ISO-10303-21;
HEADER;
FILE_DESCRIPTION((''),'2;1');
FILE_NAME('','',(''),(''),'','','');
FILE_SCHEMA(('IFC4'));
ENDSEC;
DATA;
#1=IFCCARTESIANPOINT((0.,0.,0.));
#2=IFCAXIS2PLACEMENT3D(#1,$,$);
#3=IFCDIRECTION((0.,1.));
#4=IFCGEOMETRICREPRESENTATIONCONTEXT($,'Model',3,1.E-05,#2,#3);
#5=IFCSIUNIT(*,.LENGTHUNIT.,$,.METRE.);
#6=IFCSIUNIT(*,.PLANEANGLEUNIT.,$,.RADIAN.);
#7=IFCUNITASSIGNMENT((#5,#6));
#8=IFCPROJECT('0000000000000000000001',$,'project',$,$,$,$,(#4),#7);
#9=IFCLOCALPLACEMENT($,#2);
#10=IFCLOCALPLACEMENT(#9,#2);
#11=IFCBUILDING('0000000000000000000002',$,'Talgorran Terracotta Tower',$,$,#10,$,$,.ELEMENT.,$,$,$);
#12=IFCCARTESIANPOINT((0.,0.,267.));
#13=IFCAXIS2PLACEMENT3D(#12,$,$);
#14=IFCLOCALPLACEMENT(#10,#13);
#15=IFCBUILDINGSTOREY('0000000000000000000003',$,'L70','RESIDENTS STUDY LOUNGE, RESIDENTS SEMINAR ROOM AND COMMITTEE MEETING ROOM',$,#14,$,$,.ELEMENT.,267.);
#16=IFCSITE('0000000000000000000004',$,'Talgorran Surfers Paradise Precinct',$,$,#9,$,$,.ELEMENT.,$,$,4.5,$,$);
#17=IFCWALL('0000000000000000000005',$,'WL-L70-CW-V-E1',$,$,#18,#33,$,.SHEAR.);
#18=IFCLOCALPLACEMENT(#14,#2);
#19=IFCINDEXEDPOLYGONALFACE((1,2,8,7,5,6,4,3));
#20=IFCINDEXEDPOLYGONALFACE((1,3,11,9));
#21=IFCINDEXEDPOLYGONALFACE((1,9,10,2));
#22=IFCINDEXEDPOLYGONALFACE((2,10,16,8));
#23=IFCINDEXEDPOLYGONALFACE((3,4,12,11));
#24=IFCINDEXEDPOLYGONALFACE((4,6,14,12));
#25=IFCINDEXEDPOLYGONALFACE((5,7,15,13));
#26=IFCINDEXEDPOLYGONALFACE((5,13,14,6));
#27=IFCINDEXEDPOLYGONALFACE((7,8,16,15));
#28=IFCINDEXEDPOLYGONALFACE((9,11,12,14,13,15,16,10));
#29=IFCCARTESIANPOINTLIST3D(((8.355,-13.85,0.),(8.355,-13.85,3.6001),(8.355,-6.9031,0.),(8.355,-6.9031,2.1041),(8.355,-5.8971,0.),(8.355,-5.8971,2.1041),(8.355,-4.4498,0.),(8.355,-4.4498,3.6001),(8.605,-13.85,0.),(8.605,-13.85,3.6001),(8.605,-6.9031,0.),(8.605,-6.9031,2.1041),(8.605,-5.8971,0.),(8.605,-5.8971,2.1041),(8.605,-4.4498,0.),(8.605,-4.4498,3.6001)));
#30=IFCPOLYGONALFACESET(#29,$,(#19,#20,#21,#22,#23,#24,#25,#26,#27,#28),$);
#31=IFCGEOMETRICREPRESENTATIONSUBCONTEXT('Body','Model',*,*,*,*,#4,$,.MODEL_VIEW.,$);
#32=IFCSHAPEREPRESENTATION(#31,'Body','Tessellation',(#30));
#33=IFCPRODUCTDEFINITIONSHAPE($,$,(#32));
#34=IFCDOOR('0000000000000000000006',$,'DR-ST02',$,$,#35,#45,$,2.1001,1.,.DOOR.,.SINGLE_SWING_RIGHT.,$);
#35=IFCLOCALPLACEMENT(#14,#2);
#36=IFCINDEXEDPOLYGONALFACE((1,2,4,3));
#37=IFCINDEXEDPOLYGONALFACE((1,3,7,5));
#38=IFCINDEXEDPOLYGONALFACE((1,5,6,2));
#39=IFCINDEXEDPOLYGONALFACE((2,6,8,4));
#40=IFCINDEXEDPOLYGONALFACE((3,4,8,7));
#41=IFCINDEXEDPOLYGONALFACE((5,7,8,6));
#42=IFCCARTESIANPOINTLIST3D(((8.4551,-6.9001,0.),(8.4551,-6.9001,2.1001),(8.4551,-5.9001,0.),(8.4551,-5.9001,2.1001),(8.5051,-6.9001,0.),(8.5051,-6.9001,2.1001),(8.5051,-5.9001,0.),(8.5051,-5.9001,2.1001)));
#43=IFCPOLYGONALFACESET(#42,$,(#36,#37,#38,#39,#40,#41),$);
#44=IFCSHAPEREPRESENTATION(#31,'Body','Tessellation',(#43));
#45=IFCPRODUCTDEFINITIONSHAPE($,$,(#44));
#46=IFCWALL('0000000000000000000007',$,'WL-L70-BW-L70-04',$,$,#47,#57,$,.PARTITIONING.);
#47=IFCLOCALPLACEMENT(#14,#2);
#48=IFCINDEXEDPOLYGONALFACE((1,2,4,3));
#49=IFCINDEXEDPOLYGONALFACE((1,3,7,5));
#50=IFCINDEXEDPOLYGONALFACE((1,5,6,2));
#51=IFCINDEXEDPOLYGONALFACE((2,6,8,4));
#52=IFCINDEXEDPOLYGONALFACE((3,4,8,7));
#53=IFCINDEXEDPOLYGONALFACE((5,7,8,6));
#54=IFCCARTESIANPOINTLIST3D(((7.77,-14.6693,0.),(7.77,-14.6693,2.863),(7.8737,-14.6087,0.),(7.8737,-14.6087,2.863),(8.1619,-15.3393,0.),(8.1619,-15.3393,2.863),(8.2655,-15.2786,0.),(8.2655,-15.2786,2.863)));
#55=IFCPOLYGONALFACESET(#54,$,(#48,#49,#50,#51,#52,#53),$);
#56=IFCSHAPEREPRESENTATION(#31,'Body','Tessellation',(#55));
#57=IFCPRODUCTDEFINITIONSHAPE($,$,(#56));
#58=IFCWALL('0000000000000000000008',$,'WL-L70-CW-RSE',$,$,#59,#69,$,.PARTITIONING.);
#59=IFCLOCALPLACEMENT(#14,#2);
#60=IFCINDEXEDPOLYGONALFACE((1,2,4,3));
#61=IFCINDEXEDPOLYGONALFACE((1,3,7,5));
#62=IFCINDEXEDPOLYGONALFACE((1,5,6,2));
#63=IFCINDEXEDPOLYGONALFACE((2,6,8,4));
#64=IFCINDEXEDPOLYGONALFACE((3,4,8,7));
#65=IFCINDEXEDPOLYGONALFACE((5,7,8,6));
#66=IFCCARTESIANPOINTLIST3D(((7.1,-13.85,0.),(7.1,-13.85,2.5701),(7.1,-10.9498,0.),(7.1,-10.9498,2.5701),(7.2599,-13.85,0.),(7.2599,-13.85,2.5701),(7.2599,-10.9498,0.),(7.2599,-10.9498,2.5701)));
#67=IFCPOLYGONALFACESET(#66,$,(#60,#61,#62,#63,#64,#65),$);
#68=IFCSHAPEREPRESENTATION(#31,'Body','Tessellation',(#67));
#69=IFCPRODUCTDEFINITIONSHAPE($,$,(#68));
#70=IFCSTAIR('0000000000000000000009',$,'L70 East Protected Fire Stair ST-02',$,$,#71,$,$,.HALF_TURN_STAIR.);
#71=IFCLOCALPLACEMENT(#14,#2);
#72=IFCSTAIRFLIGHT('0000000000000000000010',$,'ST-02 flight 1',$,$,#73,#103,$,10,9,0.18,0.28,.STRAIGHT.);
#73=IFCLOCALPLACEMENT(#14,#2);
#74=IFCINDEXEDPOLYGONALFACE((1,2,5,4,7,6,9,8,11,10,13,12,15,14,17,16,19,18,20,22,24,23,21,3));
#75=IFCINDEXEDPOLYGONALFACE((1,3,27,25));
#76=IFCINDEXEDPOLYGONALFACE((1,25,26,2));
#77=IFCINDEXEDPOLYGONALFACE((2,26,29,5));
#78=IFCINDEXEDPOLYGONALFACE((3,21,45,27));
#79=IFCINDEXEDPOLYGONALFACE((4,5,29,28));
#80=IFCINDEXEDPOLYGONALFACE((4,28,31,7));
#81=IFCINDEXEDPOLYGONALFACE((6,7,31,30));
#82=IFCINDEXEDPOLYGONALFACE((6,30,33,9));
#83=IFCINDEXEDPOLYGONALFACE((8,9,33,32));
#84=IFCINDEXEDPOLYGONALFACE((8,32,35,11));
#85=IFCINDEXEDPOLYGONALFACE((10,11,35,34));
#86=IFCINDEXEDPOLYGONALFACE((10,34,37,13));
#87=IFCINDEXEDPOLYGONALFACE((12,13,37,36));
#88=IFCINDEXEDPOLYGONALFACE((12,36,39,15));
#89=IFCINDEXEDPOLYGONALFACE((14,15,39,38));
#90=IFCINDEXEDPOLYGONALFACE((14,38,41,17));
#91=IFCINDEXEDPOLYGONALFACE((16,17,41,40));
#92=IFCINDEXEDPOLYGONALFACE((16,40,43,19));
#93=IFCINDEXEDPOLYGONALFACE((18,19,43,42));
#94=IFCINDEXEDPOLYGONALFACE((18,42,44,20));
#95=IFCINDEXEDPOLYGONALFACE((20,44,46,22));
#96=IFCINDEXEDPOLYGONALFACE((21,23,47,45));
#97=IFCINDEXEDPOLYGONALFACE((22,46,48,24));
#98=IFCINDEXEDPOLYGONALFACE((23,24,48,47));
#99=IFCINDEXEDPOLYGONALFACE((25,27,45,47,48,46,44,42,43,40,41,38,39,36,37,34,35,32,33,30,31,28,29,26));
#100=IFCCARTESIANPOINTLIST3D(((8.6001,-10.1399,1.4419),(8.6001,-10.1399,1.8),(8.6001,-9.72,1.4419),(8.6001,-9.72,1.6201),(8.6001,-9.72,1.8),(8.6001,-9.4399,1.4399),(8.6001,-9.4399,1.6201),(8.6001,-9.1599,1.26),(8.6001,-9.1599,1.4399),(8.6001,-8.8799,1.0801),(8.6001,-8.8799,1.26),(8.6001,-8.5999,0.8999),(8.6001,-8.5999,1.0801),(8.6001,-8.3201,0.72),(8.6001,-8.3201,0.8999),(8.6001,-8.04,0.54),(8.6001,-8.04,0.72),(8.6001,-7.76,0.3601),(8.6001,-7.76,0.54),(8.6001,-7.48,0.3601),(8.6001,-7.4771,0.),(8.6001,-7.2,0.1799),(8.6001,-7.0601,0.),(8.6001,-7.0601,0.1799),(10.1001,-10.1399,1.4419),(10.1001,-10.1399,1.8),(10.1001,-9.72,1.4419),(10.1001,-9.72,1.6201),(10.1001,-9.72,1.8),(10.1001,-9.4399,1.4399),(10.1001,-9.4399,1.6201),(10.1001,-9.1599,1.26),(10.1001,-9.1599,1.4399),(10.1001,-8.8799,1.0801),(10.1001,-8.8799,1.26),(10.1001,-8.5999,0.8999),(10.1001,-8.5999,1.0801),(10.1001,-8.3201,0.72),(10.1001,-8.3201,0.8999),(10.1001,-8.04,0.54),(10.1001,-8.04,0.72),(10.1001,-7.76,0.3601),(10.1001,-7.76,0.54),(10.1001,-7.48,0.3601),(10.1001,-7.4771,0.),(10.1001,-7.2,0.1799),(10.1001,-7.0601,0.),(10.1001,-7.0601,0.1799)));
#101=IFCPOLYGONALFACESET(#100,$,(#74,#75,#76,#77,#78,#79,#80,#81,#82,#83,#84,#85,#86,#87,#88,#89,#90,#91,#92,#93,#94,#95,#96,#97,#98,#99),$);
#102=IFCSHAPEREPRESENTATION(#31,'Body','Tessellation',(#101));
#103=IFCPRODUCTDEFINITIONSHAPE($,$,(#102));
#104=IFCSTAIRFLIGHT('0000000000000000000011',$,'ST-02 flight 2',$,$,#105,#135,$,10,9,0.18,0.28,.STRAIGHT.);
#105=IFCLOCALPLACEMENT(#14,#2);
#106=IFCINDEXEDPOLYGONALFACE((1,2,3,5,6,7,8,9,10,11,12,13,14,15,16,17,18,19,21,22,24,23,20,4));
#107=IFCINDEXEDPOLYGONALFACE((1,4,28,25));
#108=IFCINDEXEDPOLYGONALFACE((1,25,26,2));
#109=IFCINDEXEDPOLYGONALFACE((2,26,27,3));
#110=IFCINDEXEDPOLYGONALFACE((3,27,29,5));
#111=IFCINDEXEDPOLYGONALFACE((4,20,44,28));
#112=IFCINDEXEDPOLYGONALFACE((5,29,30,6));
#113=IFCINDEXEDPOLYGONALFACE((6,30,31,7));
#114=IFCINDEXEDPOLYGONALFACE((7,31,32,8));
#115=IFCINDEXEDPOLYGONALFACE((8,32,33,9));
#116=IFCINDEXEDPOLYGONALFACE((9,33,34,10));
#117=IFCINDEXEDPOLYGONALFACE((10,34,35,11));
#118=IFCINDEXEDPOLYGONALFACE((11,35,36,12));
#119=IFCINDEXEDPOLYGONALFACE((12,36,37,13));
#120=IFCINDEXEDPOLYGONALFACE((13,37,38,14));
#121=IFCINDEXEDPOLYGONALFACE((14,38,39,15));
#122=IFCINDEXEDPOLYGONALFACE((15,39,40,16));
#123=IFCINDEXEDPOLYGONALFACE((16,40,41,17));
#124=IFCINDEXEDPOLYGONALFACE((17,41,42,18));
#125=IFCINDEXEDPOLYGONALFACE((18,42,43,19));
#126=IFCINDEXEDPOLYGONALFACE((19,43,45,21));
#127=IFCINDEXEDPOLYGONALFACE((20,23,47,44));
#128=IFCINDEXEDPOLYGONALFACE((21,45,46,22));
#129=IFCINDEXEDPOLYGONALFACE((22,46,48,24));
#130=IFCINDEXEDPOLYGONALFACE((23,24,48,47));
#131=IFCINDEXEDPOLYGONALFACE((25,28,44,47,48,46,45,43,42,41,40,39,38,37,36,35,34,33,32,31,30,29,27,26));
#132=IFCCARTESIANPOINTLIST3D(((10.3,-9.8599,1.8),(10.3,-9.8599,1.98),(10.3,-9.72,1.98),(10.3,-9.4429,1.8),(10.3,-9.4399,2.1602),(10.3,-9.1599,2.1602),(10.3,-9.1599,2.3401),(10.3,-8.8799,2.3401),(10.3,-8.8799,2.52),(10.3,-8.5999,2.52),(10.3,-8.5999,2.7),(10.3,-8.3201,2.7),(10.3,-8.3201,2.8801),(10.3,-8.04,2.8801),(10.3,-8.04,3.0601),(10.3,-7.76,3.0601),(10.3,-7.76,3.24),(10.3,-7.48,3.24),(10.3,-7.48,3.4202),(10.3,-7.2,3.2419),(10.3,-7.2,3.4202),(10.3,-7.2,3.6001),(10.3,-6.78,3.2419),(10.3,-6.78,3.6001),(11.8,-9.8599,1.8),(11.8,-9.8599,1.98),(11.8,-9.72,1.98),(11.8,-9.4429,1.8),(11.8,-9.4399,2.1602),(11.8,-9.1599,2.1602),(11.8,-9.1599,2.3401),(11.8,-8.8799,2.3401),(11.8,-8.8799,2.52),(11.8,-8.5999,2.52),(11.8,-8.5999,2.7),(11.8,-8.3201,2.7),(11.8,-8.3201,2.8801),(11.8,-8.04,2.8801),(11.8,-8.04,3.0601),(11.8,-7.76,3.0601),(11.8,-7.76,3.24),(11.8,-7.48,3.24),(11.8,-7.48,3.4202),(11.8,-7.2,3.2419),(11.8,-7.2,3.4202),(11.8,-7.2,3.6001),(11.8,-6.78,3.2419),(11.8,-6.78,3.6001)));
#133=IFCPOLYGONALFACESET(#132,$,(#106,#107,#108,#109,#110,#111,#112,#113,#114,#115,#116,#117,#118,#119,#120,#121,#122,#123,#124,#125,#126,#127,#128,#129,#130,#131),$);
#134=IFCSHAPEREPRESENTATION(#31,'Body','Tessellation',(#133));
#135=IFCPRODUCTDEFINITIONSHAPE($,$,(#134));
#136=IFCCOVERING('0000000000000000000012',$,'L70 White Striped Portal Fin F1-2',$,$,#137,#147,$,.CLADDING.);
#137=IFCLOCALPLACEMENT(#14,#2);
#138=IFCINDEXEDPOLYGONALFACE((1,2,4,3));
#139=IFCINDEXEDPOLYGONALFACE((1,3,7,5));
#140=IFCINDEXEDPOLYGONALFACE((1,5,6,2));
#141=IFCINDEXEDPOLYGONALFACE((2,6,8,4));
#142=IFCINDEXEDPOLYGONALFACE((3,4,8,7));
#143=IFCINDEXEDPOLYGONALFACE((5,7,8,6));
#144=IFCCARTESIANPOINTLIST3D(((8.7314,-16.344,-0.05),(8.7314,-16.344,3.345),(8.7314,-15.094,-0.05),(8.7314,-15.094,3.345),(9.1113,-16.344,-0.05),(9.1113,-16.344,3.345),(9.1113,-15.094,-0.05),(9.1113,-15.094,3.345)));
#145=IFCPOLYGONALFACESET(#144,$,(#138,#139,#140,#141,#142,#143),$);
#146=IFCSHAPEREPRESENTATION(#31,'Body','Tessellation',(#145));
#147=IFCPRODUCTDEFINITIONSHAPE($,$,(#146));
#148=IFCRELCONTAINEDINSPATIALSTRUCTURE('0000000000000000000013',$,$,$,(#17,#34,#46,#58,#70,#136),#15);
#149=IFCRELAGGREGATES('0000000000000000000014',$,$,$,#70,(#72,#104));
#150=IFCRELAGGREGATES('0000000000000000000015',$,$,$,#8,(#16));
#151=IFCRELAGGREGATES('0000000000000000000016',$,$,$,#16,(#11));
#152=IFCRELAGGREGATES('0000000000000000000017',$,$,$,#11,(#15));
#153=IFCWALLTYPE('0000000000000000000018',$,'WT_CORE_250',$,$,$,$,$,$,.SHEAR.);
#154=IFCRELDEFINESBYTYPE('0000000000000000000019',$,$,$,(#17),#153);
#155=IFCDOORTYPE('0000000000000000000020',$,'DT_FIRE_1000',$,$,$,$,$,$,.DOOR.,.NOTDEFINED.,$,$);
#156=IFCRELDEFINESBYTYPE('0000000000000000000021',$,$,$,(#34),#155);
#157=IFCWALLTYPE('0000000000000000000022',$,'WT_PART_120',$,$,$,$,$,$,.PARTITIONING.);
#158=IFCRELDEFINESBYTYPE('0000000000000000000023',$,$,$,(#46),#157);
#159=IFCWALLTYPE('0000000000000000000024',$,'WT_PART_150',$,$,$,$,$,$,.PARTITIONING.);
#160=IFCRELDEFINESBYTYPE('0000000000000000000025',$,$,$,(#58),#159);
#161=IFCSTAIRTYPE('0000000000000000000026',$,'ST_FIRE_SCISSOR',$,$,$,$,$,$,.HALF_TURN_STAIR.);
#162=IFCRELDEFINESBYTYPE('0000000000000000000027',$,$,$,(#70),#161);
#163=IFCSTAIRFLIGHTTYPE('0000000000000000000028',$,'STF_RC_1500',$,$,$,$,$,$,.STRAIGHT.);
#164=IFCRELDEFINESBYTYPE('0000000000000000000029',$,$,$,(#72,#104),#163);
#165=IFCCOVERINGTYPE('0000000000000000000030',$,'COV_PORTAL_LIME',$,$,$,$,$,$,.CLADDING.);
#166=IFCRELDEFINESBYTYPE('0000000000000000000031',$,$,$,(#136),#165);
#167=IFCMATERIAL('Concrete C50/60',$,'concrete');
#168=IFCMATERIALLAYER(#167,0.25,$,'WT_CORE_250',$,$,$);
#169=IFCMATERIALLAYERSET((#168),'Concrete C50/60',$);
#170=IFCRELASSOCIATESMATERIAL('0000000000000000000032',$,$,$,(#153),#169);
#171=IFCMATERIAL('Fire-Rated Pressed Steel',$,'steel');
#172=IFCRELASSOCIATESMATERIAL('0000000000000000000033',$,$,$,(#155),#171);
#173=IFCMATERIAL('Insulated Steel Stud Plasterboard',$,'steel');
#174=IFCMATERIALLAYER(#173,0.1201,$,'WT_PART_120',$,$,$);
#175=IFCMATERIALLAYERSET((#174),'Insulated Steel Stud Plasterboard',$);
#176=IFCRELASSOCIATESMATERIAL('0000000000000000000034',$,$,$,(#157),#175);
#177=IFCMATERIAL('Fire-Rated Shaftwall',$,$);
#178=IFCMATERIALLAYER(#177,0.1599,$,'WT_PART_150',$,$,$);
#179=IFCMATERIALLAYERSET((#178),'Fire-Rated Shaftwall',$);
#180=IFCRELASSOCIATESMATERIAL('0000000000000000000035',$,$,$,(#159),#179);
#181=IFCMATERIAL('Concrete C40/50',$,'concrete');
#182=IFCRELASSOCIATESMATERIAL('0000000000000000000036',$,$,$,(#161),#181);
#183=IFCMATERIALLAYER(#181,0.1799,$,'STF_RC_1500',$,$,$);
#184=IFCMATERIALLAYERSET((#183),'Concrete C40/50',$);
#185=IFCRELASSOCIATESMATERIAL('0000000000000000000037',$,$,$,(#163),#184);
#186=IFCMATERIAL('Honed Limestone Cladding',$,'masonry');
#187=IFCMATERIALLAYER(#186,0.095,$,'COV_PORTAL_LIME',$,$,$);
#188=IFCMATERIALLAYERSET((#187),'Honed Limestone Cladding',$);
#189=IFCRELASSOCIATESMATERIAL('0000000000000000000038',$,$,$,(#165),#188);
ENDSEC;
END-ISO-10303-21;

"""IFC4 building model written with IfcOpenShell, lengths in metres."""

from ifc_helpers import new_model, si_unit, direction, frame, frame_2d, origin, origin_2d, place, context, subcontext, project, spatial, polyline, rectangle, outline, extrude, material, layer, layer_set, type_object, element, fill, aggregate, save


model = new_model("IFC4")

# Units and contexts
model_context = context("Model", 3, precision=1e-05, world=origin(), true_north=direction((0.0, 1.0)))
body_context = subcontext(model_context, "Body", "Model", "MODEL_VIEW")
ifc_project = project(units=[si_unit("LENGTHUNIT", "METRE"), si_unit("PLANEANGLEUNIT", "RADIAN")], contexts=[model_context])

# Site, building, storey
site_placement = place(None, origin())
site = spatial("IfcSite", under=ifc_project, at=site_placement, Name="Talgorran Surfers Paradise Precinct", CompositionType="ELEMENT", RefElevation=4.5)
building_placement = place(site_placement, origin())
building = spatial("IfcBuilding", under=site, at=building_placement, Name="Talgorran Terracotta Tower", CompositionType="ELEMENT")
storey_placement = place(building_placement, frame((0.0, 0.0, 267.0)))
storey = spatial("IfcBuildingStorey", under=building, at=storey_placement, Name="L70", Description="RESIDENTS STUDY LOUNGE, RESIDENTS SEMINAR ROOM AND COMMITTEE MEETING ROOM", CompositionType="ELEMENT", Elevation=267.0)

# Shared definitions
ifc_material_1 = material(Name="Concrete C50/60", Category="concrete")

# Wall, opening, door
ifc_layer_1 = layer(ifc_material_1, 0.25, Name="WT_CORE_250")
ifc_layer_set_1 = layer_set([ifc_layer_1], Name="Concrete C50/60")
wall_type_1 = type_object("IfcWallType", Name="WT_CORE_250", PredefinedType="SHEAR", material=ifc_layer_set_1)
wall_1_placement = place(storey_placement, frame((8.48, -13.8501, 0.0), z_axis=(0.0, 0.0, 1.0), x_axis=(0.0, 1.0, 0.0)))
wall_1 = element("IfcWall", 1, at=wall_1_placement, inside=storey, type_object=wall_type_1, Name="WL-L70-CW-V-E1", PredefinedType="SHEAR", context=body_context, shape_type="SweptSolid", body=[
    extrude(rectangle(XDim=9.4001, YDim=0.25, at=frame_2d((4.7002, 0.0))), origin(), (0.0, 0.0, 1.0), 3.6001),
])
opening_placement = place(wall_1_placement, frame((6.95, 0.0, 0.0)))
opening = element("IfcOpeningElement", 2, at=opening_placement, cuts=wall_1, PredefinedType="OPENING", context=body_context, shape_type="SweptSolid", body=[
    extrude(rectangle(XDim=1.006, YDim=2.1041, at=frame_2d((0.5, 1.052))), frame((0.0, 0.135, 0.0), z_axis=(0.0, -1.0, 0.0), x_axis=(1.0, 0.0, 0.0)), (0.0, 0.0, 1.0), 0.27),
])
ifc_material_2 = material(Name="Fire-Rated Pressed Steel", Category="steel")
door_type = type_object("IfcDoorType", Name="DT_FIRE_1000", OperationType="NOTDEFINED", PredefinedType="DOOR", material=ifc_material_2)
door_placement = place(opening_placement, origin())
door = element("IfcDoor", 3, at=door_placement, inside=storey, type_object=door_type, Name="DR-ST02", OperationType="SINGLE_SWING_RIGHT", OverallHeight=2.1001, OverallWidth=1.0, PredefinedType="DOOR", context=body_context, shape_type="SweptSolid", body=[
    extrude(rectangle(XDim=1.0, YDim=2.1001, at=frame_2d((0.5, 1.05))), frame((0.0, 0.0249, 0.0), z_axis=(0.0, -1.0, 0.0), x_axis=(1.0, 0.0, 0.0)), (0.0, 0.0, 1.0), 0.05),
])
fill(opening, door)

# Walls
ifc_material_3 = material(Name="Insulated Steel Stud Plasterboard", Category="steel")
ifc_layer_2 = layer(ifc_material_3, 0.1201, Name="WT_PART_120")
ifc_layer_set_2 = layer_set([ifc_layer_2], Name="Insulated Steel Stud Plasterboard")
wall_type_2 = type_object("IfcWallType", Name="WT_PART_120", PredefinedType="PARTITIONING", material=ifc_layer_set_2)
wall_2_placement = place(storey_placement, frame((7.8218, -14.6389, 0.0), z_axis=(0.0, 0.0, 1.0), x_axis=(0.504888, -0.863185, 0.0)))
element("IfcWall", 4, at=wall_2_placement, inside=storey, type_object=wall_type_2, Name="WL-L70-BW-L70-04", PredefinedType="PARTITIONING", context=body_context, shape_type="SweptSolid", body=[
    extrude(rectangle(XDim=0.7761, YDim=0.1201, at=frame_2d((0.3882, 0.0))), origin(), (0.0, 0.0, 1.0), 2.863),
])
ifc_material_4 = material(Name="Fire-Rated Shaftwall")
ifc_layer_3 = layer(ifc_material_4, 0.1599, Name="WT_PART_150")
ifc_layer_set_3 = layer_set([ifc_layer_3], Name="Fire-Rated Shaftwall")
wall_type_3 = type_object("IfcWallType", Name="WT_PART_150", PredefinedType="PARTITIONING", material=ifc_layer_set_3)
wall_3_placement = place(storey_placement, frame((7.1799, -13.8501, 0.0), z_axis=(0.0, 0.0, 1.0), x_axis=(0.0, 1.0, 0.0)))
element("IfcWall", 5, at=wall_3_placement, inside=storey, type_object=wall_type_3, Name="WL-L70-CW-RSE", PredefinedType="PARTITIONING", context=body_context, shape_type="SweptSolid", body=[
    extrude(rectangle(XDim=2.9001, YDim=0.1599, at=frame_2d((1.4502, 0.0))), origin(), (0.0, 0.0, 1.0), 2.5701),
])

# Stair, stair flights
ifc_material_5 = material(Name="Concrete C40/50", Category="concrete")
stair_type = type_object("IfcStairType", Name="ST_FIRE_SCISSOR", PredefinedType="HALF_TURN_STAIR", material=ifc_material_5)
stair_placement = place(storey_placement, origin())
stair = element("IfcStair", 6, at=stair_placement, inside=storey, type_object=stair_type, Name="L70 East Protected Fire Stair ST-02", PredefinedType="HALF_TURN_STAIR")
ifc_layer_4 = layer(ifc_material_5, 0.1799, Name="STF_RC_1500")
ifc_layer_set_4 = layer_set([ifc_layer_4], Name="Concrete C40/50")
stair_flight_type = type_object("IfcStairFlightType", Name="STF_RC_1500", PredefinedType="STRAIGHT", material=ifc_layer_set_4)
stair_flight_1_placement = place(storey_placement, frame((9.3501, -7.2, 0.0), z_axis=(0.0, 0.0, 1.0), x_axis=(0.0, -1.0, 0.0)))
stair_flight_1 = element("IfcStairFlight", 7, at=stair_flight_1_placement, type_object=stair_flight_type, Name="ST-02 flight 1", NumberOfRisers=10, NumberOfTreads=9, PredefinedType="STRAIGHT", RiserHeight=0.18, TreadLength=0.28, context=body_context, shape_type="SweptSolid", body=[
    extrude(outline(polyline([(-0.1399, 0.0), (-0.1399, 0.1799), (0.0, 0.1799), (0.28, 0.3601), (0.5601, 0.3601), (0.5601, 0.54), (0.8401, 0.54), (0.8401, 0.72), (1.1201, 0.72), (1.1201, 0.8999), (1.3999, 0.8999), (1.3999, 1.0801), (1.6799, 1.0801), (1.6799, 1.26), (1.96, 1.26), (1.96, 1.4399), (2.24, 1.4399), (2.24, 1.6201), (2.52, 1.6201), (2.52, 1.8), (2.9399, 1.8), (2.9399, 1.4419), (2.52, 1.4419), (0.2771, 0.0), (-0.1399, 0.0)])), frame((0.0, 0.75, 0.0), z_axis=(0.0, -1.0, 0.0), x_axis=(1.0, 0.0, 0.0)), (0.0, 0.0, 1.0), 1.5),
])
stair_flight_2_placement = place(storey_placement, frame((11.05, -9.72, 1.8), z_axis=(0.0, 0.0, 1.0), x_axis=(0.0, 1.0, 0.0)))
stair_flight_2 = element("IfcStairFlight", 8, at=stair_flight_2_placement, type_object=stair_flight_type, Name="ST-02 flight 2", NumberOfRisers=10, NumberOfTreads=9, PredefinedType="STRAIGHT", RiserHeight=0.18, TreadLength=0.28, context=body_context, shape_type="SweptSolid", body=[
    extrude(outline(polyline([(-0.1399, 0.0), (-0.1399, 0.1799), (0.0, 0.1799), (0.28, 0.3601), (0.5601, 0.3601), (0.5601, 0.54), (0.8401, 0.54), (0.8401, 0.72), (1.1201, 0.72), (1.1201, 0.8999), (1.3999, 0.8999), (1.3999, 1.0801), (1.6799, 1.0801), (1.6799, 1.26), (1.96, 1.26), (1.96, 1.4399), (2.24, 1.4399), (2.24, 1.6201), (2.52, 1.6201), (2.52, 1.8), (2.9399, 1.8), (2.9399, 1.4419), (2.52, 1.4419), (0.2771, 0.0), (-0.1399, 0.0)])), frame((0.0, 0.75, 0.0), z_axis=(0.0, -1.0, 0.0), x_axis=(1.0, 0.0, 0.0)), (0.0, 0.0, 1.0), 1.5),
])
aggregate(stair, [stair_flight_1, stair_flight_2])

# Covering
ifc_material_6 = material(Name="Honed Limestone Cladding", Category="masonry")
ifc_layer_5 = layer(ifc_material_6, 0.095, Name="COV_PORTAL_LIME")
ifc_layer_set_5 = layer_set([ifc_layer_5], Name="Honed Limestone Cladding")
covering_type = type_object("IfcCoveringType", Name="COV_PORTAL_LIME", PredefinedType="CLADDING", material=ifc_layer_set_5)
covering_placement = place(storey_placement, frame((8.9214, -15.719, -0.05), z_axis=(0.0, 0.0, 1.0), x_axis=(1.0, 0.0, 0.0)))
element("IfcCovering", 9, at=covering_placement, inside=storey, type_object=covering_type, Name="L70 White Striped Portal Fin F1-2", PredefinedType="CLADDING", context=body_context, shape_type="SweptSolid", body=[
    extrude(rectangle(XDim=0.3799, YDim=1.25, at=origin_2d()), origin(), (0.0, 0.0, 1.0), 3.395),
])

save(model, "model.ifc")
